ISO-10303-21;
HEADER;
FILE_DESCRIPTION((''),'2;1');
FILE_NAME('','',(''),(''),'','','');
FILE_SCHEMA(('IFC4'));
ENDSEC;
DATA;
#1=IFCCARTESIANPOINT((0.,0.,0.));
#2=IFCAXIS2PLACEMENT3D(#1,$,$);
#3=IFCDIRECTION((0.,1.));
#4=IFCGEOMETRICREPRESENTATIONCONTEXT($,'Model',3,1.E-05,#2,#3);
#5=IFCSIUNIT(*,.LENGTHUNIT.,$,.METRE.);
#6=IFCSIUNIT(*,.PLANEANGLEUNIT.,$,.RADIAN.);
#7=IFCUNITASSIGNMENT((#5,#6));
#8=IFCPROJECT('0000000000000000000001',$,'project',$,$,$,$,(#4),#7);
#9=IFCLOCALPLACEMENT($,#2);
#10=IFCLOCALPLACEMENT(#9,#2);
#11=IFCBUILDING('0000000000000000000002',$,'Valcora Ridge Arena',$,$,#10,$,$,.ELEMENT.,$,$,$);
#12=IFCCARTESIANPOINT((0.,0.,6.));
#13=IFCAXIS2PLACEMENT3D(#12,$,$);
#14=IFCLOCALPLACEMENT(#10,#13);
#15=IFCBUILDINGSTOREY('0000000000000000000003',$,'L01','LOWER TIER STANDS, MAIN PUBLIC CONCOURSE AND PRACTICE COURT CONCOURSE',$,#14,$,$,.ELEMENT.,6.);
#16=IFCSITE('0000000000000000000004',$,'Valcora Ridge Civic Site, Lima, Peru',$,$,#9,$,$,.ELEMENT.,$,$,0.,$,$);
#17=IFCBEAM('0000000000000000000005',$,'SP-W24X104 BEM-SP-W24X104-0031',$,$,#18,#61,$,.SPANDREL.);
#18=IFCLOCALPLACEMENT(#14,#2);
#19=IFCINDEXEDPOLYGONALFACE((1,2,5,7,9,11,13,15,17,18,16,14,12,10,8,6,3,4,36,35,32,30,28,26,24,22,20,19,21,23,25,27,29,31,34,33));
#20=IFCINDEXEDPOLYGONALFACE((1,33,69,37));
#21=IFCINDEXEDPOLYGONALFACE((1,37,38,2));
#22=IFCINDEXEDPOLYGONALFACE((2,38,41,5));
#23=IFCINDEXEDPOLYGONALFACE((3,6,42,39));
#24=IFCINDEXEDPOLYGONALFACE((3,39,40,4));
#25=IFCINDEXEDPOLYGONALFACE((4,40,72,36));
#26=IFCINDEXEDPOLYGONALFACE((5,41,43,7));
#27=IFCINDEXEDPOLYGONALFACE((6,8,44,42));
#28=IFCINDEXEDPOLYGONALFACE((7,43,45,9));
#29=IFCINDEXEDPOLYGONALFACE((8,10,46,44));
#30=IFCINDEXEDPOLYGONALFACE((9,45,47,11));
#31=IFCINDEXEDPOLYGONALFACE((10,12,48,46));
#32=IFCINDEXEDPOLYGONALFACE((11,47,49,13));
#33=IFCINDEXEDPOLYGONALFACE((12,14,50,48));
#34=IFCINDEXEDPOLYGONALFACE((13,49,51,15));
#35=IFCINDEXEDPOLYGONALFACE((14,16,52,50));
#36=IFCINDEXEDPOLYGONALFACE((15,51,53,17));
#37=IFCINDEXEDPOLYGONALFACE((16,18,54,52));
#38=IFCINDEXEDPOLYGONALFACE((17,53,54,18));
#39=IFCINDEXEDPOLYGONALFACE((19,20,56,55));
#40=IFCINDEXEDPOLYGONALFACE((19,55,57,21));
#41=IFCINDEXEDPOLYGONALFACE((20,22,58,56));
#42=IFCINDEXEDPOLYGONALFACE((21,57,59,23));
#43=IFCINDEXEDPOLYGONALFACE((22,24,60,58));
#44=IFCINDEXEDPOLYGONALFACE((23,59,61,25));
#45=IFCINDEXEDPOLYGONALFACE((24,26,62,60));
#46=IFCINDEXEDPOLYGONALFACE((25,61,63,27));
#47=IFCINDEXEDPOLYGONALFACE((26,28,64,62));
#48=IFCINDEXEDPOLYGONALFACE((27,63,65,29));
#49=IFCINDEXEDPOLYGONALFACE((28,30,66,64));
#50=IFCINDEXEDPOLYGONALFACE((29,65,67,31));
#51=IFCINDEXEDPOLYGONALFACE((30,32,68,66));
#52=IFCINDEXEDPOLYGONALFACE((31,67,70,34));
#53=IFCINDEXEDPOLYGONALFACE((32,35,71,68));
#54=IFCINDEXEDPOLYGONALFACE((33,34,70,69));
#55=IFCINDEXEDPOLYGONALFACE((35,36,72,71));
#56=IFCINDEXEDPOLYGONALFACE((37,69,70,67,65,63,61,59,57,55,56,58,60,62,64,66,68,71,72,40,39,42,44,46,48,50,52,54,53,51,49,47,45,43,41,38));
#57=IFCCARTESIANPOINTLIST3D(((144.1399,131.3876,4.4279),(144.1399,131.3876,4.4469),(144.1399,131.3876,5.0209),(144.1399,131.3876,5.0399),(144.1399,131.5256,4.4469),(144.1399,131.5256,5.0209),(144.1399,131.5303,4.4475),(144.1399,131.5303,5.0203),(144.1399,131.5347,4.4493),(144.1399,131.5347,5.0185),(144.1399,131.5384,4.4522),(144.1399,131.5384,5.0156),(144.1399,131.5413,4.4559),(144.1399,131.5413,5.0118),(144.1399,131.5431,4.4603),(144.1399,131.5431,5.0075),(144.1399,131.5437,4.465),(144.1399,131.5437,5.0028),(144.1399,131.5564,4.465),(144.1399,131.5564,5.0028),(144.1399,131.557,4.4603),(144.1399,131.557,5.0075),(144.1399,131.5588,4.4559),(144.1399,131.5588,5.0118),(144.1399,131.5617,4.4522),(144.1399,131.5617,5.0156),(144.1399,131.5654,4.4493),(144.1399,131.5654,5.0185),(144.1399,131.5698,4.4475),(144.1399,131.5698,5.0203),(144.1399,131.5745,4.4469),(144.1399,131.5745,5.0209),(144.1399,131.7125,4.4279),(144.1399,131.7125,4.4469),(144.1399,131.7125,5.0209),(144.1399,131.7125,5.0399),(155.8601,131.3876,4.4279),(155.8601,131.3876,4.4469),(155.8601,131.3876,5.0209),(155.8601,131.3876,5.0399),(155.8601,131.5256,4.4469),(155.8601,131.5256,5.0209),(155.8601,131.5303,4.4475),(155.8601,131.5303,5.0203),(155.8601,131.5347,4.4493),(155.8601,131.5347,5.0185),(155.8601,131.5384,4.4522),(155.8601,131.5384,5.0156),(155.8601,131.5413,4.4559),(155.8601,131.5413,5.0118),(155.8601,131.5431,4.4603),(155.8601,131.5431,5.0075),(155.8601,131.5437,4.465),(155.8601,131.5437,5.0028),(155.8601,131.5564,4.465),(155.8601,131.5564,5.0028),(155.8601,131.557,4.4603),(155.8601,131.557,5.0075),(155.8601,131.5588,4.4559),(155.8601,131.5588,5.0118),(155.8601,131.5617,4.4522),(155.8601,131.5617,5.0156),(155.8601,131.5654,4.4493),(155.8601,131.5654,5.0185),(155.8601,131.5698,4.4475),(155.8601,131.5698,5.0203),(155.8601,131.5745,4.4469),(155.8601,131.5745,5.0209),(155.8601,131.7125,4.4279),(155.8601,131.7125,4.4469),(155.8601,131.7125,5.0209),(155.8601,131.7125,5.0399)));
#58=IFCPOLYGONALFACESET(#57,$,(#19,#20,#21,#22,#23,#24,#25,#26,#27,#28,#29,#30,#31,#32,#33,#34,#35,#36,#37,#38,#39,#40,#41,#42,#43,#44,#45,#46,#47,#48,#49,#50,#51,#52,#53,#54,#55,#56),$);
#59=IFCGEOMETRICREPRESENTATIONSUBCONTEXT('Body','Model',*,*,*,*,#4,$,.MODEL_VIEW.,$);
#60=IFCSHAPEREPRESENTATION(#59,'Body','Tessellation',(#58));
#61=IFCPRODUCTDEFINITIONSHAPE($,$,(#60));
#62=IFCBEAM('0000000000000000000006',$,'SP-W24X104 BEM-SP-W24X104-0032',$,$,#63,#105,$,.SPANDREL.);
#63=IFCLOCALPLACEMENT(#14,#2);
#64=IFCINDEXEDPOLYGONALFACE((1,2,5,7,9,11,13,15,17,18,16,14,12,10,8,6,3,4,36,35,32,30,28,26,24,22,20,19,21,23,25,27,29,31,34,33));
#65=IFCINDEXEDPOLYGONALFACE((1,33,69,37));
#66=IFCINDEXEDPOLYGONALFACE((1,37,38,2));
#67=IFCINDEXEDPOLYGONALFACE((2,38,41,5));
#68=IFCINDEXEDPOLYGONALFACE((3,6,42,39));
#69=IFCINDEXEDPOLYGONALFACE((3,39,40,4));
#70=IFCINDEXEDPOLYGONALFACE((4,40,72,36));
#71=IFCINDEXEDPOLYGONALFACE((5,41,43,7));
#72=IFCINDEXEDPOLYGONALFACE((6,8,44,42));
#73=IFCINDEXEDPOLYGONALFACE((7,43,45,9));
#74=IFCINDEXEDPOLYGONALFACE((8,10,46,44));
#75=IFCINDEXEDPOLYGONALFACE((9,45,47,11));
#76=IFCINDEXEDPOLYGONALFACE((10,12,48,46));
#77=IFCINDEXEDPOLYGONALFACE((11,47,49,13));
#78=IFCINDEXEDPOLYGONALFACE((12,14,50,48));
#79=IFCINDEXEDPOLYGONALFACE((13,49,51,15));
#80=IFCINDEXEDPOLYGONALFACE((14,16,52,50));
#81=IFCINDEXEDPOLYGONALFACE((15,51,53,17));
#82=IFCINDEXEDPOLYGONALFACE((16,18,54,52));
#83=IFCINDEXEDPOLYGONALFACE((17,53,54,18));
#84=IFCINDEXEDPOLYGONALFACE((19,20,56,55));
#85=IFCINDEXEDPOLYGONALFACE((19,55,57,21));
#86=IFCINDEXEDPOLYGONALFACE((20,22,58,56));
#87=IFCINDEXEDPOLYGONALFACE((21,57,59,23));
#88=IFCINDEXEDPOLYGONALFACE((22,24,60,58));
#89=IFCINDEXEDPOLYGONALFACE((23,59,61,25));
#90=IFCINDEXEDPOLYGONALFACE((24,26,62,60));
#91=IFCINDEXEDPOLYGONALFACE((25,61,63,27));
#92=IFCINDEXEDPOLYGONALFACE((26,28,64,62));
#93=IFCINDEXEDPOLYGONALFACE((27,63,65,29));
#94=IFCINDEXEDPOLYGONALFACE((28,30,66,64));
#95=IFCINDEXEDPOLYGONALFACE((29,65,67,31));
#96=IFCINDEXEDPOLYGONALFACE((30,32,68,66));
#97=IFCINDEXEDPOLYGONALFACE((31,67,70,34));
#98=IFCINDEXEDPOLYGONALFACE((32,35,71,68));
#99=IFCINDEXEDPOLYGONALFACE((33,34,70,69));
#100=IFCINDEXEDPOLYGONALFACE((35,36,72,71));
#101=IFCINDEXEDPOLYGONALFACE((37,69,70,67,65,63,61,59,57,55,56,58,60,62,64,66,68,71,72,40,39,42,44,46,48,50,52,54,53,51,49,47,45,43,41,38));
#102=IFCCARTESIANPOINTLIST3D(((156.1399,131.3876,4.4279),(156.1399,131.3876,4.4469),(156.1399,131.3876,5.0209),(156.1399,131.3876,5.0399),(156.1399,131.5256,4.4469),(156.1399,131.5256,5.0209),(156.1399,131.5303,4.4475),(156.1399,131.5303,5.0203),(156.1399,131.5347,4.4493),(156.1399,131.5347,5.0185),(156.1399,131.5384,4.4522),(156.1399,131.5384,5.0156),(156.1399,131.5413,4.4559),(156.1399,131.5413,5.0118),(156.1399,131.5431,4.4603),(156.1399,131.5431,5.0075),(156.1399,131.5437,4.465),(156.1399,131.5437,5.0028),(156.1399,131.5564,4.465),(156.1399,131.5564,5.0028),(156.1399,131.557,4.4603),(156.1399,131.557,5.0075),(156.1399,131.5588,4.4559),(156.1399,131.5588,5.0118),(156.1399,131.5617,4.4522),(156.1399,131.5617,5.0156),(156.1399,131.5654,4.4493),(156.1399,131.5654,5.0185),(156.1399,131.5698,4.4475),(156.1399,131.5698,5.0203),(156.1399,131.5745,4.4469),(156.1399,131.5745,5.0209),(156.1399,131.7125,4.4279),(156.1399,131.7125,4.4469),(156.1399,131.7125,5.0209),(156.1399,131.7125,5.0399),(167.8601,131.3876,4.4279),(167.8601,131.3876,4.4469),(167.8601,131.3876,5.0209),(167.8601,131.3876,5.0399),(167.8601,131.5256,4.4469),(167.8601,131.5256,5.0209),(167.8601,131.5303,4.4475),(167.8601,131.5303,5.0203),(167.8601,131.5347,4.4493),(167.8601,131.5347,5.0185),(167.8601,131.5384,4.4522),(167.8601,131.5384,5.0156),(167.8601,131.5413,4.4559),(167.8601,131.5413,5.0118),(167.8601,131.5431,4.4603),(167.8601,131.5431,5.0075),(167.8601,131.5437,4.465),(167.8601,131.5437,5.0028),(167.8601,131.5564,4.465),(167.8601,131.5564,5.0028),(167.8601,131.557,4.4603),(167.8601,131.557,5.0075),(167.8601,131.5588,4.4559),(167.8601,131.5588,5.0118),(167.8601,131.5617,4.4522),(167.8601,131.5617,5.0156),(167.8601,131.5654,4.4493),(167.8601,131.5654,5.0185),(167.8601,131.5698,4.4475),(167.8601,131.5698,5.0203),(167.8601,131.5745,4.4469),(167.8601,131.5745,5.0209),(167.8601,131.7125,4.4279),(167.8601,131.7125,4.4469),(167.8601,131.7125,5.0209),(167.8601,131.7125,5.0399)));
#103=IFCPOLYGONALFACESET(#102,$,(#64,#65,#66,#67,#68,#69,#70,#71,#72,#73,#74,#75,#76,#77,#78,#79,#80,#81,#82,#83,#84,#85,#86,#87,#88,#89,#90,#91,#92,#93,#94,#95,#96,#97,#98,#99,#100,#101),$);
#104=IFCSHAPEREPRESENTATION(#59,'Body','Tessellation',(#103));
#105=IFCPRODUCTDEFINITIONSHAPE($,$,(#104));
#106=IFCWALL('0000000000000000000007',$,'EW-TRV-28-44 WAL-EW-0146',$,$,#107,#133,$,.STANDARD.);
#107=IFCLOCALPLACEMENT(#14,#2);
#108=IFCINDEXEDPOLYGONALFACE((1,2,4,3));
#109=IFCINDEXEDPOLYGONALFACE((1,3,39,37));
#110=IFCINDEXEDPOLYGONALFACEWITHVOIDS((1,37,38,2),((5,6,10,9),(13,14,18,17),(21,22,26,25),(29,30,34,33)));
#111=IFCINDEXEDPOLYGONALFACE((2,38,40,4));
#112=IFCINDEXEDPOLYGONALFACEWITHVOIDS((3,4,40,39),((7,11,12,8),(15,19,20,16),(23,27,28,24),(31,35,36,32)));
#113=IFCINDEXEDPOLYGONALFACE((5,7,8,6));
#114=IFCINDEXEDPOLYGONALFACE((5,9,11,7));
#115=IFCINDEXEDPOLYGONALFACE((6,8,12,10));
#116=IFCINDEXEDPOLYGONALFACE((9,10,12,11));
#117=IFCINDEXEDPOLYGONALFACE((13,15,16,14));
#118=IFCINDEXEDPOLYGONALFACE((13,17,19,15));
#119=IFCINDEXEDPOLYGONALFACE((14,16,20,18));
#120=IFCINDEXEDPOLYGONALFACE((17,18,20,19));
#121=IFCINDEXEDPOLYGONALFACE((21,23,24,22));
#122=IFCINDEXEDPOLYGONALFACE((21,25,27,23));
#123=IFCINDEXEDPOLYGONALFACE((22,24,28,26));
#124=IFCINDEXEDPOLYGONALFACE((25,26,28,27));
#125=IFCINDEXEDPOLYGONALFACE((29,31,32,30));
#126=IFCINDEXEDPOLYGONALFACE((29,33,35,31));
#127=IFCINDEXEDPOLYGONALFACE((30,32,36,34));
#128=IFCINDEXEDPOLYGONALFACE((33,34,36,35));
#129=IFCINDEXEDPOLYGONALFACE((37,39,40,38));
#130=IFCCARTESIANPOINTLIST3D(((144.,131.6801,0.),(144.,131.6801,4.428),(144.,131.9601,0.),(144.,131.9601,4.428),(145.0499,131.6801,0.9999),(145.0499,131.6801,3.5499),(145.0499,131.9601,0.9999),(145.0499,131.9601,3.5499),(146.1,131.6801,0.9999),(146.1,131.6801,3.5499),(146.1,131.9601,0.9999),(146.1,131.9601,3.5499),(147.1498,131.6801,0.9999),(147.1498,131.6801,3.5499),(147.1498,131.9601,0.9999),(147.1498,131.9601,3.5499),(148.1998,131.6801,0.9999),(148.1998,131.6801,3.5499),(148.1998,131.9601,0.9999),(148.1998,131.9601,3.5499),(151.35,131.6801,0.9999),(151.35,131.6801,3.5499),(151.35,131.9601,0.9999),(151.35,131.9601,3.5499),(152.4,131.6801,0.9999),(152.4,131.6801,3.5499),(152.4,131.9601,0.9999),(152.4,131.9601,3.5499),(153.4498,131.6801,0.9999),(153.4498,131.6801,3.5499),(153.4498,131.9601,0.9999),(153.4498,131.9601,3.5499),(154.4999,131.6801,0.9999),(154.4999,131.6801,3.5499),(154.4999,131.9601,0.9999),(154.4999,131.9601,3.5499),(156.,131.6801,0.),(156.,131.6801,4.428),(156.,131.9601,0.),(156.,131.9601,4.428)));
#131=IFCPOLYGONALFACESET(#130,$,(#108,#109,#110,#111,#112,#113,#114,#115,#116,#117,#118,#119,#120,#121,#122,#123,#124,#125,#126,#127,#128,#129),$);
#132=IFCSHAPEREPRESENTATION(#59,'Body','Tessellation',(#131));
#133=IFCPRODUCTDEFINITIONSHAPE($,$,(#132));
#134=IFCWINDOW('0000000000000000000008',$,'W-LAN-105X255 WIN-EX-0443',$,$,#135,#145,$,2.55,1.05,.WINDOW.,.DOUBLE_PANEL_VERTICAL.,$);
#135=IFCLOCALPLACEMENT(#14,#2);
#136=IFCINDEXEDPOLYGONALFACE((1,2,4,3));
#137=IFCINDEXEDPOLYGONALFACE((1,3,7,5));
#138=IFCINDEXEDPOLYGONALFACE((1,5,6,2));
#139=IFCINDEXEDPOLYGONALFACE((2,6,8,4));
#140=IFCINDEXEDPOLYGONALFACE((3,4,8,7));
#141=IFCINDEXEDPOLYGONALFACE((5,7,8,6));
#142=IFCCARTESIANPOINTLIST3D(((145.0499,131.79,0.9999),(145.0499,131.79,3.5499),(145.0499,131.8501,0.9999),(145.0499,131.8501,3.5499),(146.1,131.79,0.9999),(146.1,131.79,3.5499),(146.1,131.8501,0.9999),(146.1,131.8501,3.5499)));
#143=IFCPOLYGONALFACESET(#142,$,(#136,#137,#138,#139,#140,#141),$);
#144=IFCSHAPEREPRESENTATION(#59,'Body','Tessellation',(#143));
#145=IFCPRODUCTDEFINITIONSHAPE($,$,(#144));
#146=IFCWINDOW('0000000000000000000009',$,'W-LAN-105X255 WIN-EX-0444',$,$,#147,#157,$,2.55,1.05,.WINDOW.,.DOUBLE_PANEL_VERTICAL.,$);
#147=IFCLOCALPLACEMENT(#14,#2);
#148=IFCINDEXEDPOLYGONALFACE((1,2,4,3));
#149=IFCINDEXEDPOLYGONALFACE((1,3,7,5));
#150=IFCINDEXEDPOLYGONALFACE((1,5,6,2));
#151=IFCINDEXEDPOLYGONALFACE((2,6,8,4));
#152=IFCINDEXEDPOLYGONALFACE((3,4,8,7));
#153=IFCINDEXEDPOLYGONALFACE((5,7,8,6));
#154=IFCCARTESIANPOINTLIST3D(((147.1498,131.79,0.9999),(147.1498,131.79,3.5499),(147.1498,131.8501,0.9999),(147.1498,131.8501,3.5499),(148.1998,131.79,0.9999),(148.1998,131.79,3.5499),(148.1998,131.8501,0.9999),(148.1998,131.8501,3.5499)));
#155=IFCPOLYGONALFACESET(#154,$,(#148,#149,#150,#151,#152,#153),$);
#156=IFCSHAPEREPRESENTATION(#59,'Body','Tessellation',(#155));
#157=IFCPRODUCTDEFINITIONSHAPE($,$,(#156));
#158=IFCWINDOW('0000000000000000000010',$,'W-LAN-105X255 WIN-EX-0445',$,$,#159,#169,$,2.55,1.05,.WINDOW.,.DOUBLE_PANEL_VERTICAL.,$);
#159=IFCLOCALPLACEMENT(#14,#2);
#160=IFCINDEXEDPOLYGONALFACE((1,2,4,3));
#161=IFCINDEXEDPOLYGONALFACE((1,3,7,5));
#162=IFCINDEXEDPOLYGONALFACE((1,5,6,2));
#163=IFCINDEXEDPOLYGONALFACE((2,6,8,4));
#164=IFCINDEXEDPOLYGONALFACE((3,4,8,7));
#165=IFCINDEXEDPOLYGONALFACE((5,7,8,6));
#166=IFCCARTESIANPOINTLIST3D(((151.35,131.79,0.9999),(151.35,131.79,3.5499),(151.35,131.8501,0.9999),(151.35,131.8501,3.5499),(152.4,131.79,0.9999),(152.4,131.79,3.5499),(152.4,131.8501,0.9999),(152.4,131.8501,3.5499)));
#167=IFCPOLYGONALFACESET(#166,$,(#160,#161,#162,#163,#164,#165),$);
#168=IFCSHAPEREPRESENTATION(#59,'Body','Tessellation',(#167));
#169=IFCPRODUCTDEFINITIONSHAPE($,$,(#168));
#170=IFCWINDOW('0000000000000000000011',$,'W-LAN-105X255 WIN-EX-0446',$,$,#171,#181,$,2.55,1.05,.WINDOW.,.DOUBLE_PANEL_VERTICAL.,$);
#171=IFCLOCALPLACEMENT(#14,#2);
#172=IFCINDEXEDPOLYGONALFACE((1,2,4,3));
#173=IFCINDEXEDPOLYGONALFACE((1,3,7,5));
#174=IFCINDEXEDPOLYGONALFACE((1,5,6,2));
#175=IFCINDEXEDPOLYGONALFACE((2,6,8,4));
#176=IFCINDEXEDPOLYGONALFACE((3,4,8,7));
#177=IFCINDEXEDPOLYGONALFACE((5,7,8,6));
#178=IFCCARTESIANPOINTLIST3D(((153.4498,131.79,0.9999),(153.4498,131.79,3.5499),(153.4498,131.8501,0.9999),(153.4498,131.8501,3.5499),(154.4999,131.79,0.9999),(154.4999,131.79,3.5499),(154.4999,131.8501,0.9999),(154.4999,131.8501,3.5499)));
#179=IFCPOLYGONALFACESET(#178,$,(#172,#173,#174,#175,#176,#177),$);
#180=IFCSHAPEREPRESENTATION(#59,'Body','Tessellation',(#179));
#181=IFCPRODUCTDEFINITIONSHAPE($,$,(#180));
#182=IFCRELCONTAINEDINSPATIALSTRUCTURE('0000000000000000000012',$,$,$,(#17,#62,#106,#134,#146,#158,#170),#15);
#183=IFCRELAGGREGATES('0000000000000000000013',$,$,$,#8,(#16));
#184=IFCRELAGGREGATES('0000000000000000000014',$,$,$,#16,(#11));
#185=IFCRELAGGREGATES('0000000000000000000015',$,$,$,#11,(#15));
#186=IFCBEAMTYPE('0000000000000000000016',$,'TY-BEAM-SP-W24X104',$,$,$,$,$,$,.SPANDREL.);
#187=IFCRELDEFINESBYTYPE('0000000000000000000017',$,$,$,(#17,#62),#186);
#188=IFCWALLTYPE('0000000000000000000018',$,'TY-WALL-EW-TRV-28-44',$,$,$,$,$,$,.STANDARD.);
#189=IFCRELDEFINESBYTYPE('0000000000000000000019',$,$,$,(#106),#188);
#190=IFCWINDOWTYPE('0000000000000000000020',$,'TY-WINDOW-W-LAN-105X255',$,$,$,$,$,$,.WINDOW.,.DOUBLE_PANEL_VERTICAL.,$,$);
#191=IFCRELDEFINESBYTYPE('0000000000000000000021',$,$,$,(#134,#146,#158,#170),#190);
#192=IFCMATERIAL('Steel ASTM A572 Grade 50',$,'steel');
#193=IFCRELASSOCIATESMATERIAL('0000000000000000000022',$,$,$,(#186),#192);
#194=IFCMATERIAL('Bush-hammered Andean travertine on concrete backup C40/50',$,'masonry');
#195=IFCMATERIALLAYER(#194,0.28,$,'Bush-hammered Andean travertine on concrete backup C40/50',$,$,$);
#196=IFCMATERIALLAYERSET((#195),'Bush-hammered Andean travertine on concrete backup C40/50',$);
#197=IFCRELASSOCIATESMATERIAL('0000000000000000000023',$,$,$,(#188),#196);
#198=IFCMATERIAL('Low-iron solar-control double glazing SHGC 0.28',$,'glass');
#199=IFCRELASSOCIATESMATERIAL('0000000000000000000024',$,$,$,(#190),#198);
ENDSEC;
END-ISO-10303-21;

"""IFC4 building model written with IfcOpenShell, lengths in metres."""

from ifc_helpers import new_model, si_unit, direction, frame, frame_2d, origin, origin_2d, place, context, subcontext, project, spatial, rectangle, i_section, extrude, material, layer, layer_set, material_profile, profile_set, type_object, element, fill, save


model = new_model("IFC4")

# Units and contexts
model_context = context("Model", 3, precision=1e-05, world=origin(), true_north=direction((0.0, 1.0)))
body_context = subcontext(model_context, "Body", "Model", "MODEL_VIEW")
ifc_project = project(units=[si_unit("LENGTHUNIT", "METRE"), si_unit("PLANEANGLEUNIT", "RADIAN")], contexts=[model_context])

# Site, building, storey
site_placement = place(None, origin())
site = spatial("IfcSite", under=ifc_project, at=site_placement, Name="Valcora Ridge Civic Site, Lima, Peru", CompositionType="ELEMENT", RefElevation=0.0)
building_placement = place(site_placement, origin())
building = spatial("IfcBuilding", under=site, at=building_placement, Name="Valcora Ridge Arena", CompositionType="ELEMENT")
storey_placement = place(building_placement, frame((0.0, 0.0, 6.0)))
storey = spatial("IfcBuildingStorey", under=building, at=storey_placement, Name="L01", Description="LOWER TIER STANDS, MAIN PUBLIC CONCOURSE AND PRACTICE COURT CONCOURSE", CompositionType="ELEMENT", Elevation=6.0)

# Beams
ifc_material_1 = material(Name="Steel ASTM A572 Grade 50", Category="steel")
ifc_material_profile_1 = material_profile(ifc_material_1, i_section(OverallWidth=0.325, OverallDepth=0.6121, WebThickness=0.0127, FlangeThickness=0.019, FilletRadius=0.0181, at=origin_2d()), Name="W24X104")
ifc_profile_set_1 = profile_set([ifc_material_profile_1], Name="Steel ASTM A572 Grade 50")
beam_type_1 = type_object("IfcBeamType", Name="TY-BEAM-SP-W24X104", PredefinedType="SPANDREL", material=ifc_profile_set_1)
for number, where, z_axis, x_axis, name in (
    (1, (144.1399, 131.55, 4.7339), (1.0, 0.0, 0.0), (0.0, 1.0, 0.0), "SP-W24X104 BEM-SP-W24X104-0031"),
    (2, (156.1399, 131.55, 4.7339), (1.0, 0.0, 0.0), (0.0, 1.0, 0.0), "SP-W24X104 BEM-SP-W24X104-0032"),
):
    element("IfcBeam", number, at=place(storey_placement, frame(where, z_axis=z_axis, x_axis=x_axis)), inside=storey, type_object=beam_type_1, Name=name, PredefinedType="SPANDREL", context=body_context, shape_type="SweptSolid", body=[
        extrude(i_section(OverallWidth=0.325, OverallDepth=0.6121, WebThickness=0.0127, FlangeThickness=0.019, FilletRadius=0.0181, at=origin_2d()), origin(), (0.0, 0.0, 1.0), 11.7202),
    ])

# Wall, openings, windows
ifc_material_2 = material(Name="Bush-hammered Andean travertine on concrete backup C40/50", Category="masonry")
ifc_layer_1 = layer(ifc_material_2, 0.28, Name="Bush-hammered Andean travertine on concrete backup C40/50")
ifc_layer_set_1 = layer_set([ifc_layer_1], Name="Bush-hammered Andean travertine on concrete backup C40/50")
wall_type_1 = type_object("IfcWallType", Name="TY-WALL-EW-TRV-28-44", PredefinedType="STANDARD", material=ifc_layer_set_1)
wall_1_placement = place(storey_placement, frame((144.0, 131.8201, 0.0), z_axis=(0.0, 0.0, 1.0), x_axis=(1.0, 0.0, 0.0)))
wall_1 = element("IfcWall", 3, at=wall_1_placement, inside=storey, type_object=wall_type_1, Name="EW-TRV-28-44 WAL-EW-0146", PredefinedType="STANDARD", context=body_context, shape_type="SweptSolid", body=[
    extrude(rectangle(XDim=12.0, YDim=0.28, at=frame_2d((6.0, 0.0))), origin(), (0.0, 0.0, 1.0), 4.428),
])
opening_1_placement = place(wall_1_placement, frame((1.05, 0.0, 1.0)))
opening_1 = element("IfcOpeningElement", 4, at=opening_1_placement, cuts=wall_1, PredefinedType="OPENING", context=body_context, shape_type="SweptSolid", body=[
    extrude(rectangle(XDim=1.05, YDim=2.55, at=frame_2d((0.5249, 1.2749))), frame((0.0, 0.1499, 0.0), z_axis=(0.0, -1.0, 0.0), x_axis=(1.0, 0.0, 0.0)), (0.0, 0.0, 1.0), 0.3),
])
opening_2_placement = place(wall_1_placement, frame((3.1499, 0.0, 1.0)))
opening_2 = element("IfcOpeningElement", 5, at=opening_2_placement, cuts=wall_1, PredefinedType="OPENING", context=body_context, shape_type="SweptSolid", body=[
    extrude(rectangle(XDim=1.05, YDim=2.55, at=frame_2d((0.5249, 1.2749))), frame((0.0, 0.1499, 0.0), z_axis=(0.0, -1.0, 0.0), x_axis=(1.0, 0.0, 0.0)), (0.0, 0.0, 1.0), 0.3),
])
opening_3_placement = place(wall_1_placement, frame((7.3501, 0.0, 1.0)))
opening_3 = element("IfcOpeningElement", 6, at=opening_3_placement, cuts=wall_1, PredefinedType="OPENING", context=body_context, shape_type="SweptSolid", body=[
    extrude(rectangle(XDim=1.05, YDim=2.55, at=frame_2d((0.5249, 1.2749))), frame((0.0, 0.1499, 0.0), z_axis=(0.0, -1.0, 0.0), x_axis=(1.0, 0.0, 0.0)), (0.0, 0.0, 1.0), 0.3),
])
opening_4_placement = place(wall_1_placement, frame((9.45, 0.0, 1.0)))
opening_4 = element("IfcOpeningElement", 7, at=opening_4_placement, cuts=wall_1, PredefinedType="OPENING", context=body_context, shape_type="SweptSolid", body=[
    extrude(rectangle(XDim=1.05, YDim=2.55, at=frame_2d((0.5249, 1.2749))), frame((0.0, 0.1499, 0.0), z_axis=(0.0, -1.0, 0.0), x_axis=(1.0, 0.0, 0.0)), (0.0, 0.0, 1.0), 0.3),
])
ifc_material_3 = material(Name="Low-iron solar-control double glazing SHGC 0.28", Category="glass")
window_type = type_object("IfcWindowType", Name="TY-WINDOW-W-LAN-105X255", PartitioningType="DOUBLE_PANEL_VERTICAL", PredefinedType="WINDOW", material=ifc_material_3)
window_1_placement = place(opening_1_placement, origin())
window_1 = element("IfcWindow", 8, at=window_1_placement, inside=storey, type_object=window_type, Name="W-LAN-105X255 WIN-EX-0443", OverallHeight=2.55, OverallWidth=1.05, PartitioningType="DOUBLE_PANEL_VERTICAL", PredefinedType="WINDOW", context=body_context, shape_type="SweptSolid", body=[
    extrude(rectangle(XDim=1.05, YDim=2.55, at=frame_2d((0.5249, 1.2749))), frame((0.0, 0.03, 0.0), z_axis=(0.0, -1.0, 0.0), x_axis=(1.0, 0.0, 0.0)), (0.0, 0.0, 1.0), 0.0601),
])
fill(opening_1, window_1)
window_2_placement = place(opening_2_placement, origin())
window_2 = element("IfcWindow", 9, at=window_2_placement, inside=storey, type_object=window_type, Name="W-LAN-105X255 WIN-EX-0444", OverallHeight=2.55, OverallWidth=1.05, PartitioningType="DOUBLE_PANEL_VERTICAL", PredefinedType="WINDOW", context=body_context, shape_type="SweptSolid", body=[
    extrude(rectangle(XDim=1.05, YDim=2.55, at=frame_2d((0.5249, 1.2749))), frame((0.0, 0.03, 0.0), z_axis=(0.0, -1.0, 0.0), x_axis=(1.0, 0.0, 0.0)), (0.0, 0.0, 1.0), 0.0601),
])
fill(opening_2, window_2)
window_3_placement = place(opening_3_placement, origin())
window_3 = element("IfcWindow", 10, at=window_3_placement, inside=storey, type_object=window_type, Name="W-LAN-105X255 WIN-EX-0445", OverallHeight=2.55, OverallWidth=1.05, PartitioningType="DOUBLE_PANEL_VERTICAL", PredefinedType="WINDOW", context=body_context, shape_type="SweptSolid", body=[
    extrude(rectangle(XDim=1.05, YDim=2.55, at=frame_2d((0.5249, 1.2749))), frame((0.0, 0.03, 0.0), z_axis=(0.0, -1.0, 0.0), x_axis=(1.0, 0.0, 0.0)), (0.0, 0.0, 1.0), 0.0601),
])
fill(opening_3, window_3)
window_4_placement = place(opening_4_placement, origin())
window_4 = element("IfcWindow", 11, at=window_4_placement, inside=storey, type_object=window_type, Name="W-LAN-105X255 WIN-EX-0446", OverallHeight=2.55, OverallWidth=1.05, PartitioningType="DOUBLE_PANEL_VERTICAL", PredefinedType="WINDOW", context=body_context, shape_type="SweptSolid", body=[
    extrude(rectangle(XDim=1.05, YDim=2.55, at=frame_2d((0.5249, 1.2749))), frame((0.0, 0.03, 0.0), z_axis=(0.0, -1.0, 0.0), x_axis=(1.0, 0.0, 0.0)), (0.0, 0.0, 1.0), 0.0601),
])
fill(opening_4, window_4)

save(model, "model.ifc")
